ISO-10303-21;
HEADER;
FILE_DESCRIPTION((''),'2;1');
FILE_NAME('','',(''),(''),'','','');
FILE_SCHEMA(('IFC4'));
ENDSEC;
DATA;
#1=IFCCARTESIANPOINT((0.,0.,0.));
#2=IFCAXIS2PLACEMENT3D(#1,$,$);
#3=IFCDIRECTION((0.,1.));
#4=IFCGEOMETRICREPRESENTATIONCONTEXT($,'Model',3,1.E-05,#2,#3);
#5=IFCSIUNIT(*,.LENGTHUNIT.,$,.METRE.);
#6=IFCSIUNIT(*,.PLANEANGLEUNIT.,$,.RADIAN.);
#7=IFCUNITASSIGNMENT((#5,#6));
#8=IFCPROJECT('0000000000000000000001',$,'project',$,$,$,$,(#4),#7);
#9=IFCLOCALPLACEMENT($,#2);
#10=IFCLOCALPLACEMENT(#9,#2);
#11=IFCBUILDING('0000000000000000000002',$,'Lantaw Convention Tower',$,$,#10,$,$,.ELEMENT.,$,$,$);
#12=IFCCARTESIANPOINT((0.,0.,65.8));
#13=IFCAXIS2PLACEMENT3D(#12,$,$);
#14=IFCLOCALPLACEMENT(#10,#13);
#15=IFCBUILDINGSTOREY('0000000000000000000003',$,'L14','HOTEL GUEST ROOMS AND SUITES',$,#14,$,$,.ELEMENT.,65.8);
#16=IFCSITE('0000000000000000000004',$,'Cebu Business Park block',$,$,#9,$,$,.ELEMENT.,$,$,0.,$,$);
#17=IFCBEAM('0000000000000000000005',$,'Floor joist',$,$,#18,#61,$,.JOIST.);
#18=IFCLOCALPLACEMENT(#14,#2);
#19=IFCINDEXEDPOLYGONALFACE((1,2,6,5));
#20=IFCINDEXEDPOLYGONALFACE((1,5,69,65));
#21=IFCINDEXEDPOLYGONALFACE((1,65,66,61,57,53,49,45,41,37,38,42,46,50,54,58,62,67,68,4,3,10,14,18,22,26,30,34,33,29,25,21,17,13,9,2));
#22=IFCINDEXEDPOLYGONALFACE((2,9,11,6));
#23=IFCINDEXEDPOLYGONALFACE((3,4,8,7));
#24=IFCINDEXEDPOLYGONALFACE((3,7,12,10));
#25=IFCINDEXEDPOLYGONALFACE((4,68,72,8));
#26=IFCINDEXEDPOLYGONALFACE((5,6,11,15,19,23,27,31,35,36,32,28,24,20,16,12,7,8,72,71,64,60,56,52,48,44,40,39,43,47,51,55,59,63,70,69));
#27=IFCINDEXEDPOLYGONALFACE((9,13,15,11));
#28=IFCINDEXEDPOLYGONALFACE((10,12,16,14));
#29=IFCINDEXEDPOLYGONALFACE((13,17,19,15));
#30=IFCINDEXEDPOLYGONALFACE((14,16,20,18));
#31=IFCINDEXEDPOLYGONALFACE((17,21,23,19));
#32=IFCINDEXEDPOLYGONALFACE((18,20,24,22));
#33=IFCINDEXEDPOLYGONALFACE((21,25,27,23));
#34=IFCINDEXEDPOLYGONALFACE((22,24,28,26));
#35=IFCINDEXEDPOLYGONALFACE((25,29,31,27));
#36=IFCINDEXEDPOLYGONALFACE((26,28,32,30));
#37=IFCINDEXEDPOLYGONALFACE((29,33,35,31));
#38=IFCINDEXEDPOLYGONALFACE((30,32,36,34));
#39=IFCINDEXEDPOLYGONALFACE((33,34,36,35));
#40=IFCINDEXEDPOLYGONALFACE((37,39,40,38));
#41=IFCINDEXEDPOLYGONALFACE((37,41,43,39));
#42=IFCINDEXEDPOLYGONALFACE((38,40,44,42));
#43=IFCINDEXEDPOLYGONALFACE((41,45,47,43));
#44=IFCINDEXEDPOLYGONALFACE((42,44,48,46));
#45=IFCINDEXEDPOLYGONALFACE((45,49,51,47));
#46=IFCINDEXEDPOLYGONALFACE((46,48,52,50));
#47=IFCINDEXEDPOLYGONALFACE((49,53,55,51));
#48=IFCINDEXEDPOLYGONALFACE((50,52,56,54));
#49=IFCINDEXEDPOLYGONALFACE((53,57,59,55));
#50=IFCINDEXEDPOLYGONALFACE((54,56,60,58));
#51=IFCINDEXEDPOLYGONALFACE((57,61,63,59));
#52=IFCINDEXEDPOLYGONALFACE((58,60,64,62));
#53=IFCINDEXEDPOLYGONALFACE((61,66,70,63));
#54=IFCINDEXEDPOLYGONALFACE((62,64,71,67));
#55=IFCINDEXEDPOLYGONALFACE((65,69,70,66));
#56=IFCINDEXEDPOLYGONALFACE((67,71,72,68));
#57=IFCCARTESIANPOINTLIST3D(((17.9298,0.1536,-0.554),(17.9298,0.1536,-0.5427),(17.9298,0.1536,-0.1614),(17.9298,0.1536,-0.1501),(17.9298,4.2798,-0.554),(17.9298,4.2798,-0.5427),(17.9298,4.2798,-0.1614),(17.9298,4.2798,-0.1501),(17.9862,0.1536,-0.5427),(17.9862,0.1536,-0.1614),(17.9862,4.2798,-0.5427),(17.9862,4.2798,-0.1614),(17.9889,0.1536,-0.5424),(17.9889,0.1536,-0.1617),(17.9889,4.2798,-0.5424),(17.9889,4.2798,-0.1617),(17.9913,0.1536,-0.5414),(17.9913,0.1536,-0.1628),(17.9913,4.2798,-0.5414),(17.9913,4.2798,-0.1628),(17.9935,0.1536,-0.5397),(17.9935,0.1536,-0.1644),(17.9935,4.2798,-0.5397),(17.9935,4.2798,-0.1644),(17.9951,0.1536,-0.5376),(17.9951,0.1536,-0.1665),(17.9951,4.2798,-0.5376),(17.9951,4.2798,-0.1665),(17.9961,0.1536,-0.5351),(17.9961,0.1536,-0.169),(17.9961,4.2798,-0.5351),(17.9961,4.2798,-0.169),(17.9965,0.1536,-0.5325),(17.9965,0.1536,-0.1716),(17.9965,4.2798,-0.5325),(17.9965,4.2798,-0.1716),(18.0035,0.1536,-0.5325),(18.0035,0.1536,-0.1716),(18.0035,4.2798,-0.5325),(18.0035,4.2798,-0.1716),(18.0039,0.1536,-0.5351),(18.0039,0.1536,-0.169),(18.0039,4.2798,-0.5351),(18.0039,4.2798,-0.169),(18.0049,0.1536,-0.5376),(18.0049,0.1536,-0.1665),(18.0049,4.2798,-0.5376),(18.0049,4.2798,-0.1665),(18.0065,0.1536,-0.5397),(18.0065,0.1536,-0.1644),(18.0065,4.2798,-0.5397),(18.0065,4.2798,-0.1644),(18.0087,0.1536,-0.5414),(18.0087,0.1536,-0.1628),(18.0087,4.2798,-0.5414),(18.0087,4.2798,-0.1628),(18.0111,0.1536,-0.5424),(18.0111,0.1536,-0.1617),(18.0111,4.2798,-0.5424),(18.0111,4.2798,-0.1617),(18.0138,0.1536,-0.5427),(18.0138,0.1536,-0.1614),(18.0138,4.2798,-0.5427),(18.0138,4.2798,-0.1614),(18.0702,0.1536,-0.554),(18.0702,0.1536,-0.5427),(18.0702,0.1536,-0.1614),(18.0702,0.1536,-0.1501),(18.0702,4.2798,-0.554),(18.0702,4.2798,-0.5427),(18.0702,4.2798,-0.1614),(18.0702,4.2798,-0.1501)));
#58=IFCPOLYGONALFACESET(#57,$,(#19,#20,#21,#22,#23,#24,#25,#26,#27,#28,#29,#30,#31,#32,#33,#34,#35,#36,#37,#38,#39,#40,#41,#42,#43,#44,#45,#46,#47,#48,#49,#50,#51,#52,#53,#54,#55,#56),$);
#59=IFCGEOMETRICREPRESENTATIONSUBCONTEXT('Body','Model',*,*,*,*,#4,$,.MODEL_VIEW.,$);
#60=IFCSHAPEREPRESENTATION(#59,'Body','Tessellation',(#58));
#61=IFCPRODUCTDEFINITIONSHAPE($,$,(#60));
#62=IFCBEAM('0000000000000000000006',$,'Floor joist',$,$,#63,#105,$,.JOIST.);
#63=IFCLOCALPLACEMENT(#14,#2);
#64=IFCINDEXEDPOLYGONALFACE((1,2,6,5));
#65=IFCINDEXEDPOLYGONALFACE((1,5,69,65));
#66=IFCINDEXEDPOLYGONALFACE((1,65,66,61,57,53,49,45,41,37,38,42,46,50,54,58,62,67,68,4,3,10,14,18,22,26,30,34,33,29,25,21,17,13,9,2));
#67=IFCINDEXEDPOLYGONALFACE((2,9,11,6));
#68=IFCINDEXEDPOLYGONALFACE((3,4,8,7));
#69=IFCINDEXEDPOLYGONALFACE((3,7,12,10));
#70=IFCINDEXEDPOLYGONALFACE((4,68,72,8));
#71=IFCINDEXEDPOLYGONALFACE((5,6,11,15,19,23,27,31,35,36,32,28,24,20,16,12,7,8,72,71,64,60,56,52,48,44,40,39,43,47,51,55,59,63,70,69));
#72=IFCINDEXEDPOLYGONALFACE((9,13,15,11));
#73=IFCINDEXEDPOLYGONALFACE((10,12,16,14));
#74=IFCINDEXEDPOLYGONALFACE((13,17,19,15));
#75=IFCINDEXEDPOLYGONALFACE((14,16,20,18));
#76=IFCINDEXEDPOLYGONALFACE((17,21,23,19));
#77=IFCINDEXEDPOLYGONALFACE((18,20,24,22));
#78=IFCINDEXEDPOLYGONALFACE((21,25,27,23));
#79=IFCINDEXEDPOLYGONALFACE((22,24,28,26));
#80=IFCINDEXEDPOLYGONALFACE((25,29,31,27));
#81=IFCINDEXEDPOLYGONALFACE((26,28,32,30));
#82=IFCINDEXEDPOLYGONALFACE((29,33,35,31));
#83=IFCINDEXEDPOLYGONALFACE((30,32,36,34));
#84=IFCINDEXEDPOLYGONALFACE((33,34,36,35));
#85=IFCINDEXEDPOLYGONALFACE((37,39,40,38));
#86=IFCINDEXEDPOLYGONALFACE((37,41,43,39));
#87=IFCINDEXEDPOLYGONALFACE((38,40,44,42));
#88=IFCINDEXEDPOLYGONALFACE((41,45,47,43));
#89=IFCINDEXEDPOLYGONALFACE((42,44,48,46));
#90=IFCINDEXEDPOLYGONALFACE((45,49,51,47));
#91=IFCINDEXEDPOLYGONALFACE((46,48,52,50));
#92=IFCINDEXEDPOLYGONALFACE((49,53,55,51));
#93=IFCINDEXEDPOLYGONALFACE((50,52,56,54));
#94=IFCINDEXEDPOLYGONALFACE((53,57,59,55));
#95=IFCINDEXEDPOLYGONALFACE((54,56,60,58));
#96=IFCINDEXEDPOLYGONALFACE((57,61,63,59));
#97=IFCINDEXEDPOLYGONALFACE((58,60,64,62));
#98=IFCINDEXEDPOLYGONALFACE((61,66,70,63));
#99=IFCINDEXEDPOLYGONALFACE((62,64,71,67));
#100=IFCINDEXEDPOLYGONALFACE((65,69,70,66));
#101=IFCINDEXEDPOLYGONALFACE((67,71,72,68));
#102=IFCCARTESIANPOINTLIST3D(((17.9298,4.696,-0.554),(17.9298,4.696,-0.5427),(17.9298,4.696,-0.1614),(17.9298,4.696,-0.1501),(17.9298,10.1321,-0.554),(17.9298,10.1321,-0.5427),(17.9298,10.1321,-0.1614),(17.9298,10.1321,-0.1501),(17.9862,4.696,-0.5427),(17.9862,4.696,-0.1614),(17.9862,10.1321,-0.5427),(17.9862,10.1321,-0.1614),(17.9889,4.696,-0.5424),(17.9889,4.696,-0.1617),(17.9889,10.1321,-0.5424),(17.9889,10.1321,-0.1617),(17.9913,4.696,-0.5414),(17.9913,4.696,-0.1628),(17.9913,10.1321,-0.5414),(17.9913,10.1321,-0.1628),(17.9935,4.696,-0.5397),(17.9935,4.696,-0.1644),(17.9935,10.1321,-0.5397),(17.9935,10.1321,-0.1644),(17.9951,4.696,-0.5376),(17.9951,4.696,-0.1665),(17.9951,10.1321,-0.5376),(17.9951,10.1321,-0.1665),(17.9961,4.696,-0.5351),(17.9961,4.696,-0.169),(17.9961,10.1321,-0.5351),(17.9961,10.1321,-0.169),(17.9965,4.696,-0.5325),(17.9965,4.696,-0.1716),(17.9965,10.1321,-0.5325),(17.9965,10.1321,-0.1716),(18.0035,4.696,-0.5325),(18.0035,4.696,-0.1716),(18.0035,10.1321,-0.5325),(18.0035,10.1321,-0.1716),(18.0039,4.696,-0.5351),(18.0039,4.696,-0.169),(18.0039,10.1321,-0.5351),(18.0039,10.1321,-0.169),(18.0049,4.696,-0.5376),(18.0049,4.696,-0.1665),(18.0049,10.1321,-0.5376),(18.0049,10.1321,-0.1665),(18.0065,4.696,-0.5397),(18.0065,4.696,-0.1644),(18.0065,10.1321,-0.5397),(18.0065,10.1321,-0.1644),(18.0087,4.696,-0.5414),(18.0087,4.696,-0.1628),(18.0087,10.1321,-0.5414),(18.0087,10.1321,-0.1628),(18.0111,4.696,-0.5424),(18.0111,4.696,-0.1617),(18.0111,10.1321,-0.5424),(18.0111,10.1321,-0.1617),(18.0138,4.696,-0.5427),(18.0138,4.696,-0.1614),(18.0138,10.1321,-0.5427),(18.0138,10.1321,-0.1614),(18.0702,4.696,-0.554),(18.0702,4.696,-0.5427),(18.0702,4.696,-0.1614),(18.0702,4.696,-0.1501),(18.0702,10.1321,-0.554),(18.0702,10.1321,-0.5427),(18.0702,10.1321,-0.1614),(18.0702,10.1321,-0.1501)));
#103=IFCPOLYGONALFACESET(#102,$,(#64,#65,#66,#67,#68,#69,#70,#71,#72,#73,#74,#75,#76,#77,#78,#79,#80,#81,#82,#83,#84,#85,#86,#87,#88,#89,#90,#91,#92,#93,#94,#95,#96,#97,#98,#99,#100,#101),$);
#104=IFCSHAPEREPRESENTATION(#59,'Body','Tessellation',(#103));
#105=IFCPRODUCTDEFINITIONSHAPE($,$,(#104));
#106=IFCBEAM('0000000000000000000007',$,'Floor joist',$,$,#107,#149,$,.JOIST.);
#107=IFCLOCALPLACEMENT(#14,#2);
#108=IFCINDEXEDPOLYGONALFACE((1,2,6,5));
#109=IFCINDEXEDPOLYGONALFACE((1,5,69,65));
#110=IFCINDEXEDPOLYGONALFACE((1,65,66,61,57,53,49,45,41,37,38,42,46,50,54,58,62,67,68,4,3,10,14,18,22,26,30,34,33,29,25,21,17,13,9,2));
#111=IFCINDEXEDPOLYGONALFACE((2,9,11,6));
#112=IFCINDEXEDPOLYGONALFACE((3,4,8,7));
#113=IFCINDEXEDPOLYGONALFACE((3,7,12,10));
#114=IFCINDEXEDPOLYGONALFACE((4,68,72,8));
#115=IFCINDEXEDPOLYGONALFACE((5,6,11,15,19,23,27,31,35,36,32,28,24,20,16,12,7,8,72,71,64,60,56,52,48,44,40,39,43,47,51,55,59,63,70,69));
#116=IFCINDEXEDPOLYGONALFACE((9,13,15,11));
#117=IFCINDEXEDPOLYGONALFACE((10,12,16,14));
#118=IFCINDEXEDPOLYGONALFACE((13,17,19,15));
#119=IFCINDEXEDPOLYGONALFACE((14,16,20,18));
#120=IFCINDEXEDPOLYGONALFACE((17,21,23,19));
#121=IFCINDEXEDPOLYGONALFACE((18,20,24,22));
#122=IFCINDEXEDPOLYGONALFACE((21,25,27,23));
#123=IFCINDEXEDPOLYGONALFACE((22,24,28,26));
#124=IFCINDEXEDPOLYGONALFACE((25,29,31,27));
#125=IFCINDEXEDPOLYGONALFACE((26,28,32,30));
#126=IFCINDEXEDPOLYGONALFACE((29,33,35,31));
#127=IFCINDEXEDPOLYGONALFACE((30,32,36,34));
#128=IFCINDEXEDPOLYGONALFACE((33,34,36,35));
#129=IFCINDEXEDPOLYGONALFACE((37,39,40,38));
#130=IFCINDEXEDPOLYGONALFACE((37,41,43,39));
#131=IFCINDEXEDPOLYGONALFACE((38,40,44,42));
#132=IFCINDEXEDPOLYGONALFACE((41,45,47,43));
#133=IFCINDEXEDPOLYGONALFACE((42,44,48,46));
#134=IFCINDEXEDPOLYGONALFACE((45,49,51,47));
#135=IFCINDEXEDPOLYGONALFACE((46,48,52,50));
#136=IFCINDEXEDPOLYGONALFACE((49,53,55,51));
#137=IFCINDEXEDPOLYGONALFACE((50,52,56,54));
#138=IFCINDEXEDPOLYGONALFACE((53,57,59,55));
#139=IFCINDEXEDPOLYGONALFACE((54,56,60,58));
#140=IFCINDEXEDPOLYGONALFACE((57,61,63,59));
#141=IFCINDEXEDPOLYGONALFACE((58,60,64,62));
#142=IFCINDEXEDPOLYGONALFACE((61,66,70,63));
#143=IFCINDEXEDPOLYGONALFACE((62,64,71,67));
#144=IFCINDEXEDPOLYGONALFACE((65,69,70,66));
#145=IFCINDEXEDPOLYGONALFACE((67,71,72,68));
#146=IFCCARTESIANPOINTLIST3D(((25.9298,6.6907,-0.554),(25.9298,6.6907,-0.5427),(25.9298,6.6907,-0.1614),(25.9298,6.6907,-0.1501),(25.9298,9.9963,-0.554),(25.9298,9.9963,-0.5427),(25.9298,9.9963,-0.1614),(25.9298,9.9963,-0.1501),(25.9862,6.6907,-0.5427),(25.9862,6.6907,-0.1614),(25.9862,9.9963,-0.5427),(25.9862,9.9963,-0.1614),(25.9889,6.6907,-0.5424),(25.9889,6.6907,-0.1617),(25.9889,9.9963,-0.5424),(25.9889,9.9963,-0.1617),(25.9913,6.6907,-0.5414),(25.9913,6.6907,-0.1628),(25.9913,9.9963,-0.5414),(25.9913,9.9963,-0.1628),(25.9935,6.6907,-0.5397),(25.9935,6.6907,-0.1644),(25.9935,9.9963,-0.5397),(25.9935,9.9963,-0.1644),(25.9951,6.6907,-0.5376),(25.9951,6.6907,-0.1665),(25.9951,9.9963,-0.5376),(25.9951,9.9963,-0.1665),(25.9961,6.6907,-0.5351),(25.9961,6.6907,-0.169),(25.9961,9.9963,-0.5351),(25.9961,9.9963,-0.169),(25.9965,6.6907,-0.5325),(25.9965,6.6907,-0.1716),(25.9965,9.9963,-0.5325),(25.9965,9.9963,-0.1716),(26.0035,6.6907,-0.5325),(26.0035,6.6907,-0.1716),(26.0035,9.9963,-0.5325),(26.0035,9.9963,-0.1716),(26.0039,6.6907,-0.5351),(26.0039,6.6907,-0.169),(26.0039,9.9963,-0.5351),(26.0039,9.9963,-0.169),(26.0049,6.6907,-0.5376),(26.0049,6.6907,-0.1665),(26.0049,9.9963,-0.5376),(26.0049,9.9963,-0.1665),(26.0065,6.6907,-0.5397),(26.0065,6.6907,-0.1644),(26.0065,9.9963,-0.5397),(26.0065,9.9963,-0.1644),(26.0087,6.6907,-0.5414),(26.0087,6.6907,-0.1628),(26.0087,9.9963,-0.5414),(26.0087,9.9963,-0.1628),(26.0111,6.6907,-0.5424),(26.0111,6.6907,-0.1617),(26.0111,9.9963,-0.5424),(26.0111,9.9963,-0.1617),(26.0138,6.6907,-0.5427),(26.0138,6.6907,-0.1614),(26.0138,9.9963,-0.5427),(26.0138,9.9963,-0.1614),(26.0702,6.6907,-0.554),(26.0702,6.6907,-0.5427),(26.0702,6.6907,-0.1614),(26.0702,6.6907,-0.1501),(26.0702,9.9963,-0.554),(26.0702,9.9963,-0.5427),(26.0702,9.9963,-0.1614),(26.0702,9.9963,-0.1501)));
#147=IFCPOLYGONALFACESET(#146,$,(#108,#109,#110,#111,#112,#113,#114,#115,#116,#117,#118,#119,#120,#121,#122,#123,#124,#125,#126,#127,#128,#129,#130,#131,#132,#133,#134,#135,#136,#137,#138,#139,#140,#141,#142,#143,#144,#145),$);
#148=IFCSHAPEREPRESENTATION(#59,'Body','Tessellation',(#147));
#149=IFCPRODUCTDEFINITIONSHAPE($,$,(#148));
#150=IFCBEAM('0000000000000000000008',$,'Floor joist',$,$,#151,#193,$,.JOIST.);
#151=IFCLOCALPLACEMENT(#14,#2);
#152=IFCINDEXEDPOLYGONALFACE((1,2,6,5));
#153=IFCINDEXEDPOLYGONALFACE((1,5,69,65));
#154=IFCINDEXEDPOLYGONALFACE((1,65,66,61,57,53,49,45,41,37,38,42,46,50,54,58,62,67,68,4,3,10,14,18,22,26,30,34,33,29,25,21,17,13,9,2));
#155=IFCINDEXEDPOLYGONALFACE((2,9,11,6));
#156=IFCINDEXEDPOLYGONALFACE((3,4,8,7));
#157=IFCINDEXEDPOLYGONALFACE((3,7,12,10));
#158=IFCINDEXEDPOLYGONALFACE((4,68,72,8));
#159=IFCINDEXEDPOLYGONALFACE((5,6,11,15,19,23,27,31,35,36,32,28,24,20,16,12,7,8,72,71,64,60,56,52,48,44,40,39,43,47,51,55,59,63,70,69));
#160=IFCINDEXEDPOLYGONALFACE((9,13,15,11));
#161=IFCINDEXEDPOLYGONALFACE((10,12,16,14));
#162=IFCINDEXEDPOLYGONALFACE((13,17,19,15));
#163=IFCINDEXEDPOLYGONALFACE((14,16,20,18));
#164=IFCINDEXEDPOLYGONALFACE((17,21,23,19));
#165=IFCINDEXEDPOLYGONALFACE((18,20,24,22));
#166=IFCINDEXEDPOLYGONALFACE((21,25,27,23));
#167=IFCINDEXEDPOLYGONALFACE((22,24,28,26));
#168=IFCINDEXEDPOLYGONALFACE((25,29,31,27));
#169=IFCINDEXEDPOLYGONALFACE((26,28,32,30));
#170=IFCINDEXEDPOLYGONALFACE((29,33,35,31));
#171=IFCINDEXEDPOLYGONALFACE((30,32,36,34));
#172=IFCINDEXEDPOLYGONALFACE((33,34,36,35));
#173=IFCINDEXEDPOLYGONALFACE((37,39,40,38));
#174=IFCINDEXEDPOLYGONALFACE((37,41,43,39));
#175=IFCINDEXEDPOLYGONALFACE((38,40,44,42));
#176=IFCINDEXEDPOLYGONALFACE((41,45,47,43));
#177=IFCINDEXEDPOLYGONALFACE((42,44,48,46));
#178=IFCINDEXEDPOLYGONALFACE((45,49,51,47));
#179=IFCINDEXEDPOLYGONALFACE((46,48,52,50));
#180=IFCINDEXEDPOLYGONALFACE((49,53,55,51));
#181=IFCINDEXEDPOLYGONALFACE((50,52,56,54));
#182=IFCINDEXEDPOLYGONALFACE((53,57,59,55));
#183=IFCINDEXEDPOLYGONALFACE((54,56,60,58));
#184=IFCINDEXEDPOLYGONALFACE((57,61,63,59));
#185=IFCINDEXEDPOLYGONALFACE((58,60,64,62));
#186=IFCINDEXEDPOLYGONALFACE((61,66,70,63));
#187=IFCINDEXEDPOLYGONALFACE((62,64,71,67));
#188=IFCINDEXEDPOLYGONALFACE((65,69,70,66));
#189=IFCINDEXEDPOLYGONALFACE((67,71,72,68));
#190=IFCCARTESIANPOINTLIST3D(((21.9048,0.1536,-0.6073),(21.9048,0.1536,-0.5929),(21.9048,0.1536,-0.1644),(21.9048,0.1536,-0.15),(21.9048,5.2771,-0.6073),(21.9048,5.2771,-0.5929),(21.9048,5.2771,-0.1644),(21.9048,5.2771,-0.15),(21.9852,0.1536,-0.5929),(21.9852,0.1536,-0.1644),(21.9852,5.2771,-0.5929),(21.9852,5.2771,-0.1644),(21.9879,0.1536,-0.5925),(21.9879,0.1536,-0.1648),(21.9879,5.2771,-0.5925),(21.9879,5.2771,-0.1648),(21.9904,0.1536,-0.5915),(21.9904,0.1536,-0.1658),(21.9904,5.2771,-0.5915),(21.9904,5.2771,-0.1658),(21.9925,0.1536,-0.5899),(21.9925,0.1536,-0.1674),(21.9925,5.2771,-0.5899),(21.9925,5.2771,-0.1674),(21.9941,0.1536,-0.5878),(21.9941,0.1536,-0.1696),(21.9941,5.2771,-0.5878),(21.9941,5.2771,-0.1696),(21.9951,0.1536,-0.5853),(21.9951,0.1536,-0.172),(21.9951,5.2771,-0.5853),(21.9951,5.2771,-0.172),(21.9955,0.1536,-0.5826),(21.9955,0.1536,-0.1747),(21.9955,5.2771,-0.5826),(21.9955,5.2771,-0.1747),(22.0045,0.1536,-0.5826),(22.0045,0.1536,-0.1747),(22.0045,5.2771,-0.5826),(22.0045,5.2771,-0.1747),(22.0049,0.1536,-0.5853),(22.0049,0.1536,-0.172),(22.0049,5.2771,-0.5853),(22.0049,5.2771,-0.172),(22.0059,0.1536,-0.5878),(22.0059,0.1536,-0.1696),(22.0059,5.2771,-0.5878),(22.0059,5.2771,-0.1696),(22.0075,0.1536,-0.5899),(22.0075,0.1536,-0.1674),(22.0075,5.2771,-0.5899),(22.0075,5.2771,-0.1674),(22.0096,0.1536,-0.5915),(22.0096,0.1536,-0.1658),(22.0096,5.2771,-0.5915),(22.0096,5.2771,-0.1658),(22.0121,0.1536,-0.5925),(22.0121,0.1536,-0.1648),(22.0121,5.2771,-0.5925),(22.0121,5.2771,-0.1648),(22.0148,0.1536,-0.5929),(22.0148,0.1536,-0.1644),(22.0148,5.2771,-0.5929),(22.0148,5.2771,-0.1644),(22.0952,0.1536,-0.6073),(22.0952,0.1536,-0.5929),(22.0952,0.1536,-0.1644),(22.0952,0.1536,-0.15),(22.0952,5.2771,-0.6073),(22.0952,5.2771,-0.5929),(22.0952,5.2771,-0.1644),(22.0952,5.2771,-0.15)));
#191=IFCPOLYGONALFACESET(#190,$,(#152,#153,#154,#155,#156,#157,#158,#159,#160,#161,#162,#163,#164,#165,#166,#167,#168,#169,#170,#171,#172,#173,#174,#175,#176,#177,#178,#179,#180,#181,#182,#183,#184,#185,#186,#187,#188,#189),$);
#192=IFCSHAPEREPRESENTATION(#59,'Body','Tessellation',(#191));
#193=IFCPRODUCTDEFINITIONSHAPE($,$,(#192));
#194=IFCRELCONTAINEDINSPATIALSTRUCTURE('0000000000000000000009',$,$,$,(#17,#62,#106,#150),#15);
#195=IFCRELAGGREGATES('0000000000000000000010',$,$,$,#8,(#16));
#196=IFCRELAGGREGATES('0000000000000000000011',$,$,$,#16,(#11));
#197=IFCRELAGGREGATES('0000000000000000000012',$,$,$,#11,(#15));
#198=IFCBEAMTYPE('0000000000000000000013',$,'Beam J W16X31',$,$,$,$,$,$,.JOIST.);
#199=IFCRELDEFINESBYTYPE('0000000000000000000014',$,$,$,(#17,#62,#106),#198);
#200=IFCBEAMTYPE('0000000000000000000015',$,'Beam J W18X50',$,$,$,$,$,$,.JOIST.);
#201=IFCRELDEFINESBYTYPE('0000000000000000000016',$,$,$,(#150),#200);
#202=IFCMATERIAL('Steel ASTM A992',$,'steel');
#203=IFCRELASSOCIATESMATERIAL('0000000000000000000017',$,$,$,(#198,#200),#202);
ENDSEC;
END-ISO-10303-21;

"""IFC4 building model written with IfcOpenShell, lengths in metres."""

from ifc_helpers import new_model, si_unit, direction, frame, origin, origin_2d, place, context, subcontext, project, spatial, i_section, extrude, material, material_profile, profile_set, type_object, element, save


model = new_model("IFC4")

# Units and contexts
model_context = context("Model", 3, precision=1e-05, world=origin(), true_north=direction((0.0, 1.0)))
body_context = subcontext(model_context, "Body", "Model", "MODEL_VIEW")
ifc_project = project(units=[si_unit("LENGTHUNIT", "METRE"), si_unit("PLANEANGLEUNIT", "RADIAN")], contexts=[model_context])

# Site, building, storey
site_placement = place(None, origin())
site = spatial("IfcSite", under=ifc_project, at=site_placement, Name="Cebu Business Park block", CompositionType="ELEMENT", RefElevation=0.0)
building_placement = place(site_placement, origin())
building = spatial("IfcBuilding", under=site, at=building_placement, Name="Lantaw Convention Tower", CompositionType="ELEMENT")
storey_placement = place(building_placement, frame((0.0, 0.0, 65.8)))
storey = spatial("IfcBuildingStorey", under=building, at=storey_placement, Name="L14", Description="HOTEL GUEST ROOMS AND SUITES", CompositionType="ELEMENT", Elevation=65.8)

# Beams
ifc_material_1 = material(Name="Steel ASTM A992", Category="steel")
ifc_material_profile_1 = material_profile(ifc_material_1, i_section(OverallWidth=0.1404, OverallDepth=0.4038, WebThickness=0.0071, FlangeThickness=0.0112, FilletRadius=0.0103, at=origin_2d()), Name="W16X31")
ifc_profile_set_1 = profile_set([ifc_material_profile_1], Name="Steel ASTM A992")
beam_type_1 = type_object("IfcBeamType", Name="Beam J W16X31", PredefinedType="JOIST", material=ifc_profile_set_1)
beam_1_placement = place(storey_placement, frame((18.0, 0.1536, -0.3521), z_axis=(0.0, 1.0, 0.0), x_axis=(-1.0, 0.0, 0.0)))
element("IfcBeam", 1, at=beam_1_placement, inside=storey, type_object=beam_type_1, Name="Floor joist", PredefinedType="JOIST", context=body_context, shape_type="SweptSolid", body=[
    extrude(i_section(OverallWidth=0.1404, OverallDepth=0.4038, WebThickness=0.0071, FlangeThickness=0.0112, FilletRadius=0.0103, at=origin_2d()), origin(), (0.0, 0.0, 1.0), 4.1262),
])
beam_2_placement = place(storey_placement, frame((18.0, 4.696, -0.3521), z_axis=(0.0, 1.0, 0.0), x_axis=(-1.0, 0.0, 0.0)))
element("IfcBeam", 2, at=beam_2_placement, inside=storey, type_object=beam_type_1, Name="Floor joist", PredefinedType="JOIST", context=body_context, shape_type="SweptSolid", body=[
    extrude(i_section(OverallWidth=0.1404, OverallDepth=0.4038, WebThickness=0.0071, FlangeThickness=0.0112, FilletRadius=0.0103, at=origin_2d()), origin(), (0.0, 0.0, 1.0), 5.436),
])
beam_3_placement = place(storey_placement, frame((26.0, 6.6907, -0.3521), z_axis=(0.0, 1.0, 0.0), x_axis=(-1.0, 0.0, 0.0)))
element("IfcBeam", 3, at=beam_3_placement, inside=storey, type_object=beam_type_1, Name="Floor joist", PredefinedType="JOIST", context=body_context, shape_type="SweptSolid", body=[
    extrude(i_section(OverallWidth=0.1404, OverallDepth=0.4038, WebThickness=0.0071, FlangeThickness=0.0112, FilletRadius=0.0103, at=origin_2d()), origin(), (0.0, 0.0, 1.0), 3.3057),
])
ifc_material_profile_2 = material_profile(ifc_material_1, i_section(OverallWidth=0.1904, OverallDepth=0.4573, WebThickness=0.009, FlangeThickness=0.0144, FilletRadius=0.0103, at=origin_2d()), Name="W18X50")
ifc_profile_set_2 = profile_set([ifc_material_profile_2], Name="Steel ASTM A992")
beam_type_2 = type_object("IfcBeamType", Name="Beam J W18X50", PredefinedType="JOIST", material=ifc_profile_set_2)
beam_4_placement = place(storey_placement, frame((22.0, 0.1536, -0.3787), z_axis=(0.0, 1.0, 0.0), x_axis=(-1.0, 0.0, 0.0)))
element("IfcBeam", 4, at=beam_4_placement, inside=storey, type_object=beam_type_2, Name="Floor joist", PredefinedType="JOIST", context=body_context, shape_type="SweptSolid", body=[
    extrude(i_section(OverallWidth=0.1904, OverallDepth=0.4573, WebThickness=0.009, FlangeThickness=0.0144, FilletRadius=0.0103, at=origin_2d()), origin(), (0.0, 0.0, 1.0), 5.1235),
])

save(model, "model.ifc")
